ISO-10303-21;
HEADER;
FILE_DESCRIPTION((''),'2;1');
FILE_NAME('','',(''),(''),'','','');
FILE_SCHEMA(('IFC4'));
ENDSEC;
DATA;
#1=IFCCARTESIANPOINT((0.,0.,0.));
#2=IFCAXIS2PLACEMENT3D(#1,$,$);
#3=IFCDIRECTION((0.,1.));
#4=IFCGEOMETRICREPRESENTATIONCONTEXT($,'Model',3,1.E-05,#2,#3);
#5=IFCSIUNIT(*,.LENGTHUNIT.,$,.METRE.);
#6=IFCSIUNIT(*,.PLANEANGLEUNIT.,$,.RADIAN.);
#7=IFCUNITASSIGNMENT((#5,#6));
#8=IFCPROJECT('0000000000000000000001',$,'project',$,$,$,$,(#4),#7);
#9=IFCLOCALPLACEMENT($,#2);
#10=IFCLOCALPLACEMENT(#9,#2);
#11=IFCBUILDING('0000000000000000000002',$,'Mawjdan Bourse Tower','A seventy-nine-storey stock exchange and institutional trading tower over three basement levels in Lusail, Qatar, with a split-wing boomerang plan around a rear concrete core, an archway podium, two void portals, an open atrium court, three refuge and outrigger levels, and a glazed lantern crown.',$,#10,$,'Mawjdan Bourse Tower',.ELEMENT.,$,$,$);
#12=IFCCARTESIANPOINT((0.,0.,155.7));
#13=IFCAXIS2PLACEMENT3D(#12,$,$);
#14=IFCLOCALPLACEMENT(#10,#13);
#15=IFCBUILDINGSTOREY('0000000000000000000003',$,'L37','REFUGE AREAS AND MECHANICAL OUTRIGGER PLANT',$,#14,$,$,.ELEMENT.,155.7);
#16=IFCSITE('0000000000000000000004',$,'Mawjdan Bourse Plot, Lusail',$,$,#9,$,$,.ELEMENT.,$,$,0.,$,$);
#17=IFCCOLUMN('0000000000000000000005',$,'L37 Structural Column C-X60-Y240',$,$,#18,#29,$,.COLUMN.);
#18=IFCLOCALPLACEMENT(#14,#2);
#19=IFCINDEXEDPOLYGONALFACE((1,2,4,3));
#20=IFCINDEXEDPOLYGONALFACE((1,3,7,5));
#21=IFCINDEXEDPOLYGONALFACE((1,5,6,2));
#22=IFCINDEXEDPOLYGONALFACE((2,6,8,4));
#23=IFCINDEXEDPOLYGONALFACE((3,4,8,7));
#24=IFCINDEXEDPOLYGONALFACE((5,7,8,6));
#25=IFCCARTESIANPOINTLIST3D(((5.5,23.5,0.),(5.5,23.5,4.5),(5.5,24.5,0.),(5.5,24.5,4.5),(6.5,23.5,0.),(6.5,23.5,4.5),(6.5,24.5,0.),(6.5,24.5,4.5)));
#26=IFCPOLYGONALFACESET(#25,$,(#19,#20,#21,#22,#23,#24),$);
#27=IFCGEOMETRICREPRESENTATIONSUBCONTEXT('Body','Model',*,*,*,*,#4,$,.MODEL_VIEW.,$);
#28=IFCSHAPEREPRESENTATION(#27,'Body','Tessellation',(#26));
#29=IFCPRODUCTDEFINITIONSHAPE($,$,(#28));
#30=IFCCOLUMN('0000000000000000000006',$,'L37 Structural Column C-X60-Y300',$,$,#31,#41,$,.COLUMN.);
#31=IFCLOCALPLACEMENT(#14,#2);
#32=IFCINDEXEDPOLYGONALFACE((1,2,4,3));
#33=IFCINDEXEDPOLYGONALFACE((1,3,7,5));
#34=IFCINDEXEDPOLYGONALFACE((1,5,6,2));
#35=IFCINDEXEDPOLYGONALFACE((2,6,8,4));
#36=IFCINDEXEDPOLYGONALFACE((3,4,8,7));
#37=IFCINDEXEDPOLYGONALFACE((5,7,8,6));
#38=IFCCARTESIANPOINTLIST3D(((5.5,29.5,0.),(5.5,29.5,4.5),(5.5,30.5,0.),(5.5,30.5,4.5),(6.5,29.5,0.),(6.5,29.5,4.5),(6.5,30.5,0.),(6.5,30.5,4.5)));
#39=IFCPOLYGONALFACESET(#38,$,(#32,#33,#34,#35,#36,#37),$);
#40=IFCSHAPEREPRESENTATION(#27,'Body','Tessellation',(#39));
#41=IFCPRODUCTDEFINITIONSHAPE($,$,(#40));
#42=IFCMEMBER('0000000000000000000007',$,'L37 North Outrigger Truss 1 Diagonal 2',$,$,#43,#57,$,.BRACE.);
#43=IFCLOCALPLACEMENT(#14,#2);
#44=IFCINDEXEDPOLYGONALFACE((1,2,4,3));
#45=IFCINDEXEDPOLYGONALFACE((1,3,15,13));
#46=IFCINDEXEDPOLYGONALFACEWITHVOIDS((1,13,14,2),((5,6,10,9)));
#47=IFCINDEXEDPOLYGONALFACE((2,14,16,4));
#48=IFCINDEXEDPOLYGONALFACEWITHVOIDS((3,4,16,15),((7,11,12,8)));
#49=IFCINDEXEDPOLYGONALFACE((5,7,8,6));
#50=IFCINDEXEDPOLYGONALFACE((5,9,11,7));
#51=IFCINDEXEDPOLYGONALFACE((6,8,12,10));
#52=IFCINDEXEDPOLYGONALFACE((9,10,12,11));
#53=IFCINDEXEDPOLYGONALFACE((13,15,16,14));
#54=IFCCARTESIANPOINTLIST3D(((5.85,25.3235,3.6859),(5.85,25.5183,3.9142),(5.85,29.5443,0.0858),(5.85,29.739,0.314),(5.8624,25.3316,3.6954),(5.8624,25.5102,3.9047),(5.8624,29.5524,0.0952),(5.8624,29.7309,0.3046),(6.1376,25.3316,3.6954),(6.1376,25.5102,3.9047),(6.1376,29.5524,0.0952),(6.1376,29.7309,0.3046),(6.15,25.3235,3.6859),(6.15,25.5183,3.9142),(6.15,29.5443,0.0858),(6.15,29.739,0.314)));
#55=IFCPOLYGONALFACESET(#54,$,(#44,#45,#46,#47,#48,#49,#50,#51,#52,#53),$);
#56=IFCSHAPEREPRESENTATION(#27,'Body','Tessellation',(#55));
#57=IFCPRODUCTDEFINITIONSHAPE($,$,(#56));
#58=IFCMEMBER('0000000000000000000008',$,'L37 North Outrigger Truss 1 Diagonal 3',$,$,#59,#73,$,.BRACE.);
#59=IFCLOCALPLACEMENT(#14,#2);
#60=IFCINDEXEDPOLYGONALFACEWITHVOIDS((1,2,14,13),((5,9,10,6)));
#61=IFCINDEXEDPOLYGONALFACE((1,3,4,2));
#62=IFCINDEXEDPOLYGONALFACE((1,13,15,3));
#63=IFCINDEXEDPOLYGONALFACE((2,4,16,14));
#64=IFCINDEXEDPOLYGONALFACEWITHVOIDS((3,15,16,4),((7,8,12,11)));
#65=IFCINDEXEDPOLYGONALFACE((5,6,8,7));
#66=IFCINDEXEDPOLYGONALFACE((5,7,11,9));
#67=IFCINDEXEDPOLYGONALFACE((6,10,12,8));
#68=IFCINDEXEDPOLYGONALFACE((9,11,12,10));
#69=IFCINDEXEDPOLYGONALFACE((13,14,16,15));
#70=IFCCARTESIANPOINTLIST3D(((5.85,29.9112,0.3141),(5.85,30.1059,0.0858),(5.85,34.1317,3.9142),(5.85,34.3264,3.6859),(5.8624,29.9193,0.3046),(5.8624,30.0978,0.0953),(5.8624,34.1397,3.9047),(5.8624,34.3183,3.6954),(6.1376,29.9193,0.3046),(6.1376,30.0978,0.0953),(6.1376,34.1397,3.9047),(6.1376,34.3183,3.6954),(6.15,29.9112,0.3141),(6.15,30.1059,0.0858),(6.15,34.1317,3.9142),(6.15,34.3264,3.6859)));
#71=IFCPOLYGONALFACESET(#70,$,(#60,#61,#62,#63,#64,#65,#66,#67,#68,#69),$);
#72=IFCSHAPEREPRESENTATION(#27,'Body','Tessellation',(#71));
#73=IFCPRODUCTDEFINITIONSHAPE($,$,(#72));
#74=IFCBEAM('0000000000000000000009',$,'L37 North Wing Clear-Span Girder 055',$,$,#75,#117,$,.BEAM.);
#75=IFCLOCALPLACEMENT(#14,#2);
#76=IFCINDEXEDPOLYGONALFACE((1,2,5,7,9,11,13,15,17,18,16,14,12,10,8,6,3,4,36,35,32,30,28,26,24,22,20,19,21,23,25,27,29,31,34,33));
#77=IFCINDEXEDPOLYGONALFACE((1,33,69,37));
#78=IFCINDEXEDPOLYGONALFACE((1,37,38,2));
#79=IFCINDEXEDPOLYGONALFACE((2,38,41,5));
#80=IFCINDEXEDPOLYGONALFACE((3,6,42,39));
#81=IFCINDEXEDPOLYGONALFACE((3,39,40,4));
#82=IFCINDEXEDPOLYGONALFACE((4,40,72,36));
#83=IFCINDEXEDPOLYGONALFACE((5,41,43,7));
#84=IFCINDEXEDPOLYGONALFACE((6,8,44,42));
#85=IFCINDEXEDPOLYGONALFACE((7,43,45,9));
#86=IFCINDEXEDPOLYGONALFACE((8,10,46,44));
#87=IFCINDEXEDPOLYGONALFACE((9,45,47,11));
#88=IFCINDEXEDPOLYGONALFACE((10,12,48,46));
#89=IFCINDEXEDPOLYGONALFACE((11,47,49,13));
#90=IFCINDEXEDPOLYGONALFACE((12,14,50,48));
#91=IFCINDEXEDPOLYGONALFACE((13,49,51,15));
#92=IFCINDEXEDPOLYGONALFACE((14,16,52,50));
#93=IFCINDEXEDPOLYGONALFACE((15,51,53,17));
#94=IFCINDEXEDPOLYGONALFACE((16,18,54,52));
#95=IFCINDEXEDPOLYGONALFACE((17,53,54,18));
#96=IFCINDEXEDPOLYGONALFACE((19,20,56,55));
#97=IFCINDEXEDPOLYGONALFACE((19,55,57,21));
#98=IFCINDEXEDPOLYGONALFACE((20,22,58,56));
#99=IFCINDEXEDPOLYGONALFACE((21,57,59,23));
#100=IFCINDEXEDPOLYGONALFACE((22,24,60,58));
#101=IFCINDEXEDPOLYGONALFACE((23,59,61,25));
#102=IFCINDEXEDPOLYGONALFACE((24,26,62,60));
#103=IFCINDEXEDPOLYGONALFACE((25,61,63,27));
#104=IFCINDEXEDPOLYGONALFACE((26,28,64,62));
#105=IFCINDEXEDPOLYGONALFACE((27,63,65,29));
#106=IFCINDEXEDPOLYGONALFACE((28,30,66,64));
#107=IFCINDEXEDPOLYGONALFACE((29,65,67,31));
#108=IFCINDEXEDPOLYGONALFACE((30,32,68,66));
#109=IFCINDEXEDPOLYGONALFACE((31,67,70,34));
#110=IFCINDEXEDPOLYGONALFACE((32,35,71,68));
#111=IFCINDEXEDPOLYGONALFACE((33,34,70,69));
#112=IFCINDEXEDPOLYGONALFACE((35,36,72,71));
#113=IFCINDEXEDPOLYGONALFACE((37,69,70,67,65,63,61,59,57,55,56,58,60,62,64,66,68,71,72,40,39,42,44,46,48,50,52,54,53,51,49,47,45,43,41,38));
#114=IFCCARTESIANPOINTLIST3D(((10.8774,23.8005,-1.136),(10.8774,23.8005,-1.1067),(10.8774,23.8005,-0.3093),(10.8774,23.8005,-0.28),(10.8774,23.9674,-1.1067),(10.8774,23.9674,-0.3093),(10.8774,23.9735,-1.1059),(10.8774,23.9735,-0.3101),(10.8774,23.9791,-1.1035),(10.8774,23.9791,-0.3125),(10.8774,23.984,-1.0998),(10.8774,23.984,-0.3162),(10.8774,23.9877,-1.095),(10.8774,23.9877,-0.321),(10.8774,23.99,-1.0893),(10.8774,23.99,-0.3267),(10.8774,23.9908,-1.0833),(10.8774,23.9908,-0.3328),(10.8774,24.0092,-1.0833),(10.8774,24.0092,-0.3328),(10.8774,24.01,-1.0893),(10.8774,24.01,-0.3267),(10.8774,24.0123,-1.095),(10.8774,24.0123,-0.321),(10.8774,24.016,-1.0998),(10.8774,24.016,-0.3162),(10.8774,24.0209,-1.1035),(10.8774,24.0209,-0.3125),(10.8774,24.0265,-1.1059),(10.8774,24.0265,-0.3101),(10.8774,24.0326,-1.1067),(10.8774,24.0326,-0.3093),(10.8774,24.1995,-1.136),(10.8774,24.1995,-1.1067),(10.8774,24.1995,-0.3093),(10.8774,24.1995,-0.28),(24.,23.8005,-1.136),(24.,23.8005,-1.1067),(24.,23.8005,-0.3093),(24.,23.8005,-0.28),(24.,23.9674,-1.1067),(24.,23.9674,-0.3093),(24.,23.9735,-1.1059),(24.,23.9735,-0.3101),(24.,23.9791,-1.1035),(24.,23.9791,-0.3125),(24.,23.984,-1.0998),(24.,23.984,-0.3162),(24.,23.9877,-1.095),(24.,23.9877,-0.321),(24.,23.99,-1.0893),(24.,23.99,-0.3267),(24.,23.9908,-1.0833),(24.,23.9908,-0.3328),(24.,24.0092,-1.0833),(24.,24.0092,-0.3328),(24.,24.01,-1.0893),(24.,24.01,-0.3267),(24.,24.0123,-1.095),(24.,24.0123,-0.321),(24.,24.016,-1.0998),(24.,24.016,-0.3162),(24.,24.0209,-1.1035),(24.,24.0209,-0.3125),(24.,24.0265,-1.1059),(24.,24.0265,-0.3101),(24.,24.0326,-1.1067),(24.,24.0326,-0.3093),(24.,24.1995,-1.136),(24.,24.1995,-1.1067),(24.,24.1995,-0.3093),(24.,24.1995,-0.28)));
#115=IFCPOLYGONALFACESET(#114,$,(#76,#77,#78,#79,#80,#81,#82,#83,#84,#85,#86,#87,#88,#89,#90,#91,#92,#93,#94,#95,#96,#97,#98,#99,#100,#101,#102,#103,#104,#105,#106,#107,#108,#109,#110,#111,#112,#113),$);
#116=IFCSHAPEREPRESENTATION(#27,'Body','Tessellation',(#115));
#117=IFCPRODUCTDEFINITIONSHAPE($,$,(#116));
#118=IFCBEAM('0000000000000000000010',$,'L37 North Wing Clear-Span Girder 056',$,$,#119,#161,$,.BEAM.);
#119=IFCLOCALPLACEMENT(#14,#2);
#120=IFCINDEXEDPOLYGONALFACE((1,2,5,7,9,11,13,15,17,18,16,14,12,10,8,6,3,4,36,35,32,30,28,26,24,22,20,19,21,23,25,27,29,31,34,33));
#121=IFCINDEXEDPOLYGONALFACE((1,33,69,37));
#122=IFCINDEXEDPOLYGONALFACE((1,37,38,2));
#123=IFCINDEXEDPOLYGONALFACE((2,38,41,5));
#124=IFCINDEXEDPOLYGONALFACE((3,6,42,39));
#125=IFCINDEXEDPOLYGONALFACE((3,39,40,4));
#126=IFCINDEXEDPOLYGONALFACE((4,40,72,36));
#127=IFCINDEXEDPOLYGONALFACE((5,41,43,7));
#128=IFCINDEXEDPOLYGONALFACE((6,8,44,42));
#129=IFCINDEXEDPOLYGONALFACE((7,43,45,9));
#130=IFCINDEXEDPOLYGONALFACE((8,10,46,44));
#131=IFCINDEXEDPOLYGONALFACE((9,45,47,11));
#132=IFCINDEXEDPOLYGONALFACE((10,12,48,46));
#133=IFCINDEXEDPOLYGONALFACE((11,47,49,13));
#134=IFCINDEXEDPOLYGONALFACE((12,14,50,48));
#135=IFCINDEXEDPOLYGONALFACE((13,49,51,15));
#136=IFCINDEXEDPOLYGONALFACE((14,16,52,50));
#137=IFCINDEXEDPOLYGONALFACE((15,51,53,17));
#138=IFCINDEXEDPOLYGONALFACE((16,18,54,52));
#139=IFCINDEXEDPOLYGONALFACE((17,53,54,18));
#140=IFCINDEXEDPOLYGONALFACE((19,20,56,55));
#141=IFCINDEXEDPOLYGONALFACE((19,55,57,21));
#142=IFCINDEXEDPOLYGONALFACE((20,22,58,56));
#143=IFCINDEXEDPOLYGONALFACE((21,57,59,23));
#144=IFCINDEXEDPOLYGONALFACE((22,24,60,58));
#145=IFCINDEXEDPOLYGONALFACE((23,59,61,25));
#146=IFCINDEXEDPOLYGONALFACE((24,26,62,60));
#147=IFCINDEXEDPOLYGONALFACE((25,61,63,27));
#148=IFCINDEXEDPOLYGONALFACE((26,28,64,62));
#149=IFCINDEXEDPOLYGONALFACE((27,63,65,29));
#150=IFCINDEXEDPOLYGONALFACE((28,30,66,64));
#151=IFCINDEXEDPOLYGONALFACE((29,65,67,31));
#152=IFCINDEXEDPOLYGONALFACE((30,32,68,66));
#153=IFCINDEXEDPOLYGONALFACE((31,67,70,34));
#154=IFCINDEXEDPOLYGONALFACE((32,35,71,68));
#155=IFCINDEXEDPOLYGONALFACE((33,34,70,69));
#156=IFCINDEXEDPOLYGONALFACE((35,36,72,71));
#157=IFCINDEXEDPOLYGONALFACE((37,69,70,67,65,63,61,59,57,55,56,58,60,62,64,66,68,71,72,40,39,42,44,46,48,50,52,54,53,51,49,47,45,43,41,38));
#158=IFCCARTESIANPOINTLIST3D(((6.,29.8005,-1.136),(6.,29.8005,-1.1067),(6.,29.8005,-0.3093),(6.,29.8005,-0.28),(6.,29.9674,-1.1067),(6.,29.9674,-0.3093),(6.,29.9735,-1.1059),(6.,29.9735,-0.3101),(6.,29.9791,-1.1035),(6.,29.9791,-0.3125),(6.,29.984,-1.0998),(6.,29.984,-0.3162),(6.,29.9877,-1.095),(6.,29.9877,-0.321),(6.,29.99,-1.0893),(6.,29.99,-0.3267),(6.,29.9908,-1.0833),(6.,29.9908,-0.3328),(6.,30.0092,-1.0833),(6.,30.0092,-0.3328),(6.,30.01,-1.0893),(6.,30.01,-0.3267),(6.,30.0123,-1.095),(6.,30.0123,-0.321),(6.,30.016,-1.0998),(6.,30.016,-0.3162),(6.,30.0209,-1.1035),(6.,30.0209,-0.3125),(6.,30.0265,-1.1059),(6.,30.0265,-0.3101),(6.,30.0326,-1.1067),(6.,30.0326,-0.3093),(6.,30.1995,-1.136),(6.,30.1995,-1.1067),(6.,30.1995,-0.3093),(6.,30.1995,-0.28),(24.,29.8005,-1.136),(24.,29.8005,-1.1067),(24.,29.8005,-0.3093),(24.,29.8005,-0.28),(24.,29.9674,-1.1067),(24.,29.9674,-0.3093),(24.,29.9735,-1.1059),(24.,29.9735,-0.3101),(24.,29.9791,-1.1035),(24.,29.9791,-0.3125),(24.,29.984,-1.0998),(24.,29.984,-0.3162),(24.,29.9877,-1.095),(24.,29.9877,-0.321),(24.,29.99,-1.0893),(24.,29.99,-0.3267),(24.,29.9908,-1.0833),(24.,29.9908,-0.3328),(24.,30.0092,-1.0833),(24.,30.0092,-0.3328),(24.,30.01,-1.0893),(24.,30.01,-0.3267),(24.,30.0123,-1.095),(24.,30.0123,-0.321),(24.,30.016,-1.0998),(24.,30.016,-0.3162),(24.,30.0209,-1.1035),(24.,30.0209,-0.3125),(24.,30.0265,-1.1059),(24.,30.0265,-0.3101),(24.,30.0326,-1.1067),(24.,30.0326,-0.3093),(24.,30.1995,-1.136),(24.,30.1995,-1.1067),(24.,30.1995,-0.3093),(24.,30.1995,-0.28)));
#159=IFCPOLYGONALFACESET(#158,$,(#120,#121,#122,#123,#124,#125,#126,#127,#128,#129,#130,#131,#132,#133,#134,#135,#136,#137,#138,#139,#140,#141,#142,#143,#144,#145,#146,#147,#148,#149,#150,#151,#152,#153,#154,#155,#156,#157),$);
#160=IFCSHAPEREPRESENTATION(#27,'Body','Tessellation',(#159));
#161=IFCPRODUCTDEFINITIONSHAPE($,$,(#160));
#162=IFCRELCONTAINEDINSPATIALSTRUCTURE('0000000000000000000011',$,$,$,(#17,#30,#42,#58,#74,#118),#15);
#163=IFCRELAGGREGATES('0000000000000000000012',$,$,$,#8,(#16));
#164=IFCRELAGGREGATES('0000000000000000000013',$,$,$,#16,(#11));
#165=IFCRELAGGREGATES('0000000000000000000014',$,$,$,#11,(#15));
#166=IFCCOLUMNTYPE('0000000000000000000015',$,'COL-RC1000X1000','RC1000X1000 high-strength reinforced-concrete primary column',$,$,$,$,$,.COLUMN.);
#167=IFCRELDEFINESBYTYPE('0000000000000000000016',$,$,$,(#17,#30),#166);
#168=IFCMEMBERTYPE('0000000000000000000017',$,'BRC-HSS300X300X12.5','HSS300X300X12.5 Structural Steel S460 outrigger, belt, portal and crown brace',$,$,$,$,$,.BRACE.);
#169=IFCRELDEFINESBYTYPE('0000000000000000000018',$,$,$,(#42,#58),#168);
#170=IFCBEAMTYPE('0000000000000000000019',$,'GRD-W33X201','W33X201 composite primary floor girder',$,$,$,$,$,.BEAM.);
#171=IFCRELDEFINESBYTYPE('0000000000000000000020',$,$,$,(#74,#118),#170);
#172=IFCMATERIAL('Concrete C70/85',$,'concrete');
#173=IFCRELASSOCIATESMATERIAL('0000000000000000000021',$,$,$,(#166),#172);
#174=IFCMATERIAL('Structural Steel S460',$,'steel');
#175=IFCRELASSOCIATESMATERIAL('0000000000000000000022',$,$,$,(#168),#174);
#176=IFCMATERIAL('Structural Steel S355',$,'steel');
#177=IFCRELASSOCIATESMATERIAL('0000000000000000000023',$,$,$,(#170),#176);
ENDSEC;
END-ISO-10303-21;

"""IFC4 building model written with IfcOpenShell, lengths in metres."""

from ifc_helpers import new_model, si_unit, direction, frame, origin, origin_2d, place, context, subcontext, project, spatial, rectangle, hollow_rectangle, i_section, extrude, material, material_profile, profile_set, type_object, element, save


model = new_model("IFC4")

# Units and contexts
model_context = context("Model", 3, precision=1e-05, world=origin(), true_north=direction((0.0, 1.0)))
body_context = subcontext(model_context, "Body", "Model", "MODEL_VIEW")
ifc_project = project(units=[si_unit("LENGTHUNIT", "METRE"), si_unit("PLANEANGLEUNIT", "RADIAN")], contexts=[model_context])

# Site, building, storey
site_placement = place(None, origin())
site = spatial("IfcSite", under=ifc_project, at=site_placement, Name="Mawjdan Bourse Plot, Lusail", CompositionType="ELEMENT", RefElevation=0.0)
building_placement = place(site_placement, origin())
building = spatial("IfcBuilding", under=site, at=building_placement, Name="Mawjdan Bourse Tower", Description="A seventy-nine-storey stock exchange and institutional trading tower over three basement levels in Lusail, Qatar, with a split-wing boomerang plan around a rear concrete core, an archway podium, two void portals, an open atrium court, three refuge and outrigger levels, and a glazed lantern crown.", LongName="Mawjdan Bourse Tower", CompositionType="ELEMENT")
storey_placement = place(building_placement, frame((0.0, 0.0, 155.7)))
storey = spatial("IfcBuildingStorey", under=building, at=storey_placement, Name="L37", Description="REFUGE AREAS AND MECHANICAL OUTRIGGER PLANT", CompositionType="ELEMENT", Elevation=155.7)

# Columns
ifc_material_1 = material(Name="Concrete C70/85", Category="concrete")
ifc_material_profile_1 = material_profile(ifc_material_1, rectangle(XDim=1.0, YDim=1.0, at=origin_2d()), Name="RC1000X1000")
ifc_profile_set_1 = profile_set([ifc_material_profile_1], Name="Concrete C70/85")
column_type = type_object("IfcColumnType", Name="COL-RC1000X1000", Description="RC1000X1000 high-strength reinforced-concrete primary column", PredefinedType="COLUMN", material=ifc_profile_set_1)
for number, where, z_axis, x_axis, name in (
    (1, (6.0, 24.0, 0.0), (0.0, 0.0, 1.0), (1.0, 0.0, 0.0), "L37 Structural Column C-X60-Y240"),
    (2, (6.0, 30.0, 0.0), (0.0, 0.0, 1.0), (1.0, 0.0, 0.0), "L37 Structural Column C-X60-Y300"),
):
    element("IfcColumn", number, at=place(storey_placement, frame(where, z_axis=z_axis, x_axis=x_axis)), inside=storey, type_object=column_type, Name=name, PredefinedType="COLUMN", context=body_context, shape_type="SweptSolid", body=[
        extrude(rectangle(XDim=1.0, YDim=1.0, at=origin_2d()), origin(), (0.0, 0.0, 1.0), 4.5),
    ])

# Members
ifc_material_2 = material(Name="Structural Steel S460", Category="steel")
ifc_material_profile_2 = material_profile(ifc_material_2, hollow_rectangle(XDim=0.3, YDim=0.3, WallThickness=0.0125, at=origin_2d()), Name="HSS300X300X12.5")
ifc_profile_set_2 = profile_set([ifc_material_profile_2], Name="Structural Steel S460")
member_type_1 = type_object("IfcMemberType", Name="BRC-HSS300X300X12.5", Description="HSS300X300X12.5 Structural Steel S460 outrigger, belt, portal and crown brace", PredefinedType="BRACE", material=ifc_profile_set_2)
member_1_placement = place(storey_placement, frame((6.0, 25.4209, 3.8), z_axis=(0.0, 0.760826, -0.648956), x_axis=(-1.0, 0.0, 0.0)))
element("IfcMember", 3, at=member_1_placement, inside=storey, type_object=member_type_1, Name="L37 North Outrigger Truss 1 Diagonal 2", PredefinedType="BRACE", context=body_context, shape_type="SweptSolid", body=[
    extrude(hollow_rectangle(XDim=0.3, YDim=0.3, WallThickness=0.0125, at=origin_2d()), origin(), (0.0, 0.0, 1.0), 5.5476),
])
member_2_placement = place(storey_placement, frame((6.0, 30.0085, 0.2), z_axis=(0.0, 0.760808, 0.648977), x_axis=(-1.0, 0.0, 0.0)))
element("IfcMember", 4, at=member_2_placement, inside=storey, type_object=member_type_1, Name="L37 North Outrigger Truss 1 Diagonal 3", PredefinedType="BRACE", context=body_context, shape_type="SweptSolid", body=[
    extrude(hollow_rectangle(XDim=0.3, YDim=0.3, WallThickness=0.0125, at=origin_2d()), origin(), (0.0, 0.0, 1.0), 5.5474),
])

# Beams
ifc_material_3 = material(Name="Structural Steel S355", Category="steel")
ifc_material_profile_3 = material_profile(ifc_material_3, i_section(OverallWidth=0.3989, OverallDepth=0.856, WebThickness=0.0183, FlangeThickness=0.0293, FilletRadius=0.0234, at=origin_2d()), Name="W33X201")
ifc_profile_set_3 = profile_set([ifc_material_profile_3], Name="Structural Steel S355")
beam_type_1 = type_object("IfcBeamType", Name="GRD-W33X201", Description="W33X201 composite primary floor girder", PredefinedType="BEAM", material=ifc_profile_set_3)
beam_1_placement = place(storey_placement, frame((10.8774, 24.0, -0.708), z_axis=(1.0, 0.0, 0.0), x_axis=(0.0, 1.0, 0.0)))
element("IfcBeam", 5, at=beam_1_placement, inside=storey, type_object=beam_type_1, Name="L37 North Wing Clear-Span Girder 055", PredefinedType="BEAM", context=body_context, shape_type="SweptSolid", body=[
    extrude(i_section(OverallWidth=0.3989, OverallDepth=0.856, WebThickness=0.0183, FlangeThickness=0.0293, FilletRadius=0.0234, at=origin_2d()), origin(), (0.0, 0.0, 1.0), 13.1226),
])
beam_2_placement = place(storey_placement, frame((6.0, 30.0, -0.708), z_axis=(1.0, 0.0, 0.0), x_axis=(0.0, 1.0, 0.0)))
element("IfcBeam", 6, at=beam_2_placement, inside=storey, type_object=beam_type_1, Name="L37 North Wing Clear-Span Girder 056", PredefinedType="BEAM", context=body_context, shape_type="SweptSolid", body=[
    extrude(i_section(OverallWidth=0.3989, OverallDepth=0.856, WebThickness=0.0183, FlangeThickness=0.0293, FilletRadius=0.0234, at=origin_2d()), origin(), (0.0, 0.0, 1.0), 18.0),
])

save(model, "model.ifc")
